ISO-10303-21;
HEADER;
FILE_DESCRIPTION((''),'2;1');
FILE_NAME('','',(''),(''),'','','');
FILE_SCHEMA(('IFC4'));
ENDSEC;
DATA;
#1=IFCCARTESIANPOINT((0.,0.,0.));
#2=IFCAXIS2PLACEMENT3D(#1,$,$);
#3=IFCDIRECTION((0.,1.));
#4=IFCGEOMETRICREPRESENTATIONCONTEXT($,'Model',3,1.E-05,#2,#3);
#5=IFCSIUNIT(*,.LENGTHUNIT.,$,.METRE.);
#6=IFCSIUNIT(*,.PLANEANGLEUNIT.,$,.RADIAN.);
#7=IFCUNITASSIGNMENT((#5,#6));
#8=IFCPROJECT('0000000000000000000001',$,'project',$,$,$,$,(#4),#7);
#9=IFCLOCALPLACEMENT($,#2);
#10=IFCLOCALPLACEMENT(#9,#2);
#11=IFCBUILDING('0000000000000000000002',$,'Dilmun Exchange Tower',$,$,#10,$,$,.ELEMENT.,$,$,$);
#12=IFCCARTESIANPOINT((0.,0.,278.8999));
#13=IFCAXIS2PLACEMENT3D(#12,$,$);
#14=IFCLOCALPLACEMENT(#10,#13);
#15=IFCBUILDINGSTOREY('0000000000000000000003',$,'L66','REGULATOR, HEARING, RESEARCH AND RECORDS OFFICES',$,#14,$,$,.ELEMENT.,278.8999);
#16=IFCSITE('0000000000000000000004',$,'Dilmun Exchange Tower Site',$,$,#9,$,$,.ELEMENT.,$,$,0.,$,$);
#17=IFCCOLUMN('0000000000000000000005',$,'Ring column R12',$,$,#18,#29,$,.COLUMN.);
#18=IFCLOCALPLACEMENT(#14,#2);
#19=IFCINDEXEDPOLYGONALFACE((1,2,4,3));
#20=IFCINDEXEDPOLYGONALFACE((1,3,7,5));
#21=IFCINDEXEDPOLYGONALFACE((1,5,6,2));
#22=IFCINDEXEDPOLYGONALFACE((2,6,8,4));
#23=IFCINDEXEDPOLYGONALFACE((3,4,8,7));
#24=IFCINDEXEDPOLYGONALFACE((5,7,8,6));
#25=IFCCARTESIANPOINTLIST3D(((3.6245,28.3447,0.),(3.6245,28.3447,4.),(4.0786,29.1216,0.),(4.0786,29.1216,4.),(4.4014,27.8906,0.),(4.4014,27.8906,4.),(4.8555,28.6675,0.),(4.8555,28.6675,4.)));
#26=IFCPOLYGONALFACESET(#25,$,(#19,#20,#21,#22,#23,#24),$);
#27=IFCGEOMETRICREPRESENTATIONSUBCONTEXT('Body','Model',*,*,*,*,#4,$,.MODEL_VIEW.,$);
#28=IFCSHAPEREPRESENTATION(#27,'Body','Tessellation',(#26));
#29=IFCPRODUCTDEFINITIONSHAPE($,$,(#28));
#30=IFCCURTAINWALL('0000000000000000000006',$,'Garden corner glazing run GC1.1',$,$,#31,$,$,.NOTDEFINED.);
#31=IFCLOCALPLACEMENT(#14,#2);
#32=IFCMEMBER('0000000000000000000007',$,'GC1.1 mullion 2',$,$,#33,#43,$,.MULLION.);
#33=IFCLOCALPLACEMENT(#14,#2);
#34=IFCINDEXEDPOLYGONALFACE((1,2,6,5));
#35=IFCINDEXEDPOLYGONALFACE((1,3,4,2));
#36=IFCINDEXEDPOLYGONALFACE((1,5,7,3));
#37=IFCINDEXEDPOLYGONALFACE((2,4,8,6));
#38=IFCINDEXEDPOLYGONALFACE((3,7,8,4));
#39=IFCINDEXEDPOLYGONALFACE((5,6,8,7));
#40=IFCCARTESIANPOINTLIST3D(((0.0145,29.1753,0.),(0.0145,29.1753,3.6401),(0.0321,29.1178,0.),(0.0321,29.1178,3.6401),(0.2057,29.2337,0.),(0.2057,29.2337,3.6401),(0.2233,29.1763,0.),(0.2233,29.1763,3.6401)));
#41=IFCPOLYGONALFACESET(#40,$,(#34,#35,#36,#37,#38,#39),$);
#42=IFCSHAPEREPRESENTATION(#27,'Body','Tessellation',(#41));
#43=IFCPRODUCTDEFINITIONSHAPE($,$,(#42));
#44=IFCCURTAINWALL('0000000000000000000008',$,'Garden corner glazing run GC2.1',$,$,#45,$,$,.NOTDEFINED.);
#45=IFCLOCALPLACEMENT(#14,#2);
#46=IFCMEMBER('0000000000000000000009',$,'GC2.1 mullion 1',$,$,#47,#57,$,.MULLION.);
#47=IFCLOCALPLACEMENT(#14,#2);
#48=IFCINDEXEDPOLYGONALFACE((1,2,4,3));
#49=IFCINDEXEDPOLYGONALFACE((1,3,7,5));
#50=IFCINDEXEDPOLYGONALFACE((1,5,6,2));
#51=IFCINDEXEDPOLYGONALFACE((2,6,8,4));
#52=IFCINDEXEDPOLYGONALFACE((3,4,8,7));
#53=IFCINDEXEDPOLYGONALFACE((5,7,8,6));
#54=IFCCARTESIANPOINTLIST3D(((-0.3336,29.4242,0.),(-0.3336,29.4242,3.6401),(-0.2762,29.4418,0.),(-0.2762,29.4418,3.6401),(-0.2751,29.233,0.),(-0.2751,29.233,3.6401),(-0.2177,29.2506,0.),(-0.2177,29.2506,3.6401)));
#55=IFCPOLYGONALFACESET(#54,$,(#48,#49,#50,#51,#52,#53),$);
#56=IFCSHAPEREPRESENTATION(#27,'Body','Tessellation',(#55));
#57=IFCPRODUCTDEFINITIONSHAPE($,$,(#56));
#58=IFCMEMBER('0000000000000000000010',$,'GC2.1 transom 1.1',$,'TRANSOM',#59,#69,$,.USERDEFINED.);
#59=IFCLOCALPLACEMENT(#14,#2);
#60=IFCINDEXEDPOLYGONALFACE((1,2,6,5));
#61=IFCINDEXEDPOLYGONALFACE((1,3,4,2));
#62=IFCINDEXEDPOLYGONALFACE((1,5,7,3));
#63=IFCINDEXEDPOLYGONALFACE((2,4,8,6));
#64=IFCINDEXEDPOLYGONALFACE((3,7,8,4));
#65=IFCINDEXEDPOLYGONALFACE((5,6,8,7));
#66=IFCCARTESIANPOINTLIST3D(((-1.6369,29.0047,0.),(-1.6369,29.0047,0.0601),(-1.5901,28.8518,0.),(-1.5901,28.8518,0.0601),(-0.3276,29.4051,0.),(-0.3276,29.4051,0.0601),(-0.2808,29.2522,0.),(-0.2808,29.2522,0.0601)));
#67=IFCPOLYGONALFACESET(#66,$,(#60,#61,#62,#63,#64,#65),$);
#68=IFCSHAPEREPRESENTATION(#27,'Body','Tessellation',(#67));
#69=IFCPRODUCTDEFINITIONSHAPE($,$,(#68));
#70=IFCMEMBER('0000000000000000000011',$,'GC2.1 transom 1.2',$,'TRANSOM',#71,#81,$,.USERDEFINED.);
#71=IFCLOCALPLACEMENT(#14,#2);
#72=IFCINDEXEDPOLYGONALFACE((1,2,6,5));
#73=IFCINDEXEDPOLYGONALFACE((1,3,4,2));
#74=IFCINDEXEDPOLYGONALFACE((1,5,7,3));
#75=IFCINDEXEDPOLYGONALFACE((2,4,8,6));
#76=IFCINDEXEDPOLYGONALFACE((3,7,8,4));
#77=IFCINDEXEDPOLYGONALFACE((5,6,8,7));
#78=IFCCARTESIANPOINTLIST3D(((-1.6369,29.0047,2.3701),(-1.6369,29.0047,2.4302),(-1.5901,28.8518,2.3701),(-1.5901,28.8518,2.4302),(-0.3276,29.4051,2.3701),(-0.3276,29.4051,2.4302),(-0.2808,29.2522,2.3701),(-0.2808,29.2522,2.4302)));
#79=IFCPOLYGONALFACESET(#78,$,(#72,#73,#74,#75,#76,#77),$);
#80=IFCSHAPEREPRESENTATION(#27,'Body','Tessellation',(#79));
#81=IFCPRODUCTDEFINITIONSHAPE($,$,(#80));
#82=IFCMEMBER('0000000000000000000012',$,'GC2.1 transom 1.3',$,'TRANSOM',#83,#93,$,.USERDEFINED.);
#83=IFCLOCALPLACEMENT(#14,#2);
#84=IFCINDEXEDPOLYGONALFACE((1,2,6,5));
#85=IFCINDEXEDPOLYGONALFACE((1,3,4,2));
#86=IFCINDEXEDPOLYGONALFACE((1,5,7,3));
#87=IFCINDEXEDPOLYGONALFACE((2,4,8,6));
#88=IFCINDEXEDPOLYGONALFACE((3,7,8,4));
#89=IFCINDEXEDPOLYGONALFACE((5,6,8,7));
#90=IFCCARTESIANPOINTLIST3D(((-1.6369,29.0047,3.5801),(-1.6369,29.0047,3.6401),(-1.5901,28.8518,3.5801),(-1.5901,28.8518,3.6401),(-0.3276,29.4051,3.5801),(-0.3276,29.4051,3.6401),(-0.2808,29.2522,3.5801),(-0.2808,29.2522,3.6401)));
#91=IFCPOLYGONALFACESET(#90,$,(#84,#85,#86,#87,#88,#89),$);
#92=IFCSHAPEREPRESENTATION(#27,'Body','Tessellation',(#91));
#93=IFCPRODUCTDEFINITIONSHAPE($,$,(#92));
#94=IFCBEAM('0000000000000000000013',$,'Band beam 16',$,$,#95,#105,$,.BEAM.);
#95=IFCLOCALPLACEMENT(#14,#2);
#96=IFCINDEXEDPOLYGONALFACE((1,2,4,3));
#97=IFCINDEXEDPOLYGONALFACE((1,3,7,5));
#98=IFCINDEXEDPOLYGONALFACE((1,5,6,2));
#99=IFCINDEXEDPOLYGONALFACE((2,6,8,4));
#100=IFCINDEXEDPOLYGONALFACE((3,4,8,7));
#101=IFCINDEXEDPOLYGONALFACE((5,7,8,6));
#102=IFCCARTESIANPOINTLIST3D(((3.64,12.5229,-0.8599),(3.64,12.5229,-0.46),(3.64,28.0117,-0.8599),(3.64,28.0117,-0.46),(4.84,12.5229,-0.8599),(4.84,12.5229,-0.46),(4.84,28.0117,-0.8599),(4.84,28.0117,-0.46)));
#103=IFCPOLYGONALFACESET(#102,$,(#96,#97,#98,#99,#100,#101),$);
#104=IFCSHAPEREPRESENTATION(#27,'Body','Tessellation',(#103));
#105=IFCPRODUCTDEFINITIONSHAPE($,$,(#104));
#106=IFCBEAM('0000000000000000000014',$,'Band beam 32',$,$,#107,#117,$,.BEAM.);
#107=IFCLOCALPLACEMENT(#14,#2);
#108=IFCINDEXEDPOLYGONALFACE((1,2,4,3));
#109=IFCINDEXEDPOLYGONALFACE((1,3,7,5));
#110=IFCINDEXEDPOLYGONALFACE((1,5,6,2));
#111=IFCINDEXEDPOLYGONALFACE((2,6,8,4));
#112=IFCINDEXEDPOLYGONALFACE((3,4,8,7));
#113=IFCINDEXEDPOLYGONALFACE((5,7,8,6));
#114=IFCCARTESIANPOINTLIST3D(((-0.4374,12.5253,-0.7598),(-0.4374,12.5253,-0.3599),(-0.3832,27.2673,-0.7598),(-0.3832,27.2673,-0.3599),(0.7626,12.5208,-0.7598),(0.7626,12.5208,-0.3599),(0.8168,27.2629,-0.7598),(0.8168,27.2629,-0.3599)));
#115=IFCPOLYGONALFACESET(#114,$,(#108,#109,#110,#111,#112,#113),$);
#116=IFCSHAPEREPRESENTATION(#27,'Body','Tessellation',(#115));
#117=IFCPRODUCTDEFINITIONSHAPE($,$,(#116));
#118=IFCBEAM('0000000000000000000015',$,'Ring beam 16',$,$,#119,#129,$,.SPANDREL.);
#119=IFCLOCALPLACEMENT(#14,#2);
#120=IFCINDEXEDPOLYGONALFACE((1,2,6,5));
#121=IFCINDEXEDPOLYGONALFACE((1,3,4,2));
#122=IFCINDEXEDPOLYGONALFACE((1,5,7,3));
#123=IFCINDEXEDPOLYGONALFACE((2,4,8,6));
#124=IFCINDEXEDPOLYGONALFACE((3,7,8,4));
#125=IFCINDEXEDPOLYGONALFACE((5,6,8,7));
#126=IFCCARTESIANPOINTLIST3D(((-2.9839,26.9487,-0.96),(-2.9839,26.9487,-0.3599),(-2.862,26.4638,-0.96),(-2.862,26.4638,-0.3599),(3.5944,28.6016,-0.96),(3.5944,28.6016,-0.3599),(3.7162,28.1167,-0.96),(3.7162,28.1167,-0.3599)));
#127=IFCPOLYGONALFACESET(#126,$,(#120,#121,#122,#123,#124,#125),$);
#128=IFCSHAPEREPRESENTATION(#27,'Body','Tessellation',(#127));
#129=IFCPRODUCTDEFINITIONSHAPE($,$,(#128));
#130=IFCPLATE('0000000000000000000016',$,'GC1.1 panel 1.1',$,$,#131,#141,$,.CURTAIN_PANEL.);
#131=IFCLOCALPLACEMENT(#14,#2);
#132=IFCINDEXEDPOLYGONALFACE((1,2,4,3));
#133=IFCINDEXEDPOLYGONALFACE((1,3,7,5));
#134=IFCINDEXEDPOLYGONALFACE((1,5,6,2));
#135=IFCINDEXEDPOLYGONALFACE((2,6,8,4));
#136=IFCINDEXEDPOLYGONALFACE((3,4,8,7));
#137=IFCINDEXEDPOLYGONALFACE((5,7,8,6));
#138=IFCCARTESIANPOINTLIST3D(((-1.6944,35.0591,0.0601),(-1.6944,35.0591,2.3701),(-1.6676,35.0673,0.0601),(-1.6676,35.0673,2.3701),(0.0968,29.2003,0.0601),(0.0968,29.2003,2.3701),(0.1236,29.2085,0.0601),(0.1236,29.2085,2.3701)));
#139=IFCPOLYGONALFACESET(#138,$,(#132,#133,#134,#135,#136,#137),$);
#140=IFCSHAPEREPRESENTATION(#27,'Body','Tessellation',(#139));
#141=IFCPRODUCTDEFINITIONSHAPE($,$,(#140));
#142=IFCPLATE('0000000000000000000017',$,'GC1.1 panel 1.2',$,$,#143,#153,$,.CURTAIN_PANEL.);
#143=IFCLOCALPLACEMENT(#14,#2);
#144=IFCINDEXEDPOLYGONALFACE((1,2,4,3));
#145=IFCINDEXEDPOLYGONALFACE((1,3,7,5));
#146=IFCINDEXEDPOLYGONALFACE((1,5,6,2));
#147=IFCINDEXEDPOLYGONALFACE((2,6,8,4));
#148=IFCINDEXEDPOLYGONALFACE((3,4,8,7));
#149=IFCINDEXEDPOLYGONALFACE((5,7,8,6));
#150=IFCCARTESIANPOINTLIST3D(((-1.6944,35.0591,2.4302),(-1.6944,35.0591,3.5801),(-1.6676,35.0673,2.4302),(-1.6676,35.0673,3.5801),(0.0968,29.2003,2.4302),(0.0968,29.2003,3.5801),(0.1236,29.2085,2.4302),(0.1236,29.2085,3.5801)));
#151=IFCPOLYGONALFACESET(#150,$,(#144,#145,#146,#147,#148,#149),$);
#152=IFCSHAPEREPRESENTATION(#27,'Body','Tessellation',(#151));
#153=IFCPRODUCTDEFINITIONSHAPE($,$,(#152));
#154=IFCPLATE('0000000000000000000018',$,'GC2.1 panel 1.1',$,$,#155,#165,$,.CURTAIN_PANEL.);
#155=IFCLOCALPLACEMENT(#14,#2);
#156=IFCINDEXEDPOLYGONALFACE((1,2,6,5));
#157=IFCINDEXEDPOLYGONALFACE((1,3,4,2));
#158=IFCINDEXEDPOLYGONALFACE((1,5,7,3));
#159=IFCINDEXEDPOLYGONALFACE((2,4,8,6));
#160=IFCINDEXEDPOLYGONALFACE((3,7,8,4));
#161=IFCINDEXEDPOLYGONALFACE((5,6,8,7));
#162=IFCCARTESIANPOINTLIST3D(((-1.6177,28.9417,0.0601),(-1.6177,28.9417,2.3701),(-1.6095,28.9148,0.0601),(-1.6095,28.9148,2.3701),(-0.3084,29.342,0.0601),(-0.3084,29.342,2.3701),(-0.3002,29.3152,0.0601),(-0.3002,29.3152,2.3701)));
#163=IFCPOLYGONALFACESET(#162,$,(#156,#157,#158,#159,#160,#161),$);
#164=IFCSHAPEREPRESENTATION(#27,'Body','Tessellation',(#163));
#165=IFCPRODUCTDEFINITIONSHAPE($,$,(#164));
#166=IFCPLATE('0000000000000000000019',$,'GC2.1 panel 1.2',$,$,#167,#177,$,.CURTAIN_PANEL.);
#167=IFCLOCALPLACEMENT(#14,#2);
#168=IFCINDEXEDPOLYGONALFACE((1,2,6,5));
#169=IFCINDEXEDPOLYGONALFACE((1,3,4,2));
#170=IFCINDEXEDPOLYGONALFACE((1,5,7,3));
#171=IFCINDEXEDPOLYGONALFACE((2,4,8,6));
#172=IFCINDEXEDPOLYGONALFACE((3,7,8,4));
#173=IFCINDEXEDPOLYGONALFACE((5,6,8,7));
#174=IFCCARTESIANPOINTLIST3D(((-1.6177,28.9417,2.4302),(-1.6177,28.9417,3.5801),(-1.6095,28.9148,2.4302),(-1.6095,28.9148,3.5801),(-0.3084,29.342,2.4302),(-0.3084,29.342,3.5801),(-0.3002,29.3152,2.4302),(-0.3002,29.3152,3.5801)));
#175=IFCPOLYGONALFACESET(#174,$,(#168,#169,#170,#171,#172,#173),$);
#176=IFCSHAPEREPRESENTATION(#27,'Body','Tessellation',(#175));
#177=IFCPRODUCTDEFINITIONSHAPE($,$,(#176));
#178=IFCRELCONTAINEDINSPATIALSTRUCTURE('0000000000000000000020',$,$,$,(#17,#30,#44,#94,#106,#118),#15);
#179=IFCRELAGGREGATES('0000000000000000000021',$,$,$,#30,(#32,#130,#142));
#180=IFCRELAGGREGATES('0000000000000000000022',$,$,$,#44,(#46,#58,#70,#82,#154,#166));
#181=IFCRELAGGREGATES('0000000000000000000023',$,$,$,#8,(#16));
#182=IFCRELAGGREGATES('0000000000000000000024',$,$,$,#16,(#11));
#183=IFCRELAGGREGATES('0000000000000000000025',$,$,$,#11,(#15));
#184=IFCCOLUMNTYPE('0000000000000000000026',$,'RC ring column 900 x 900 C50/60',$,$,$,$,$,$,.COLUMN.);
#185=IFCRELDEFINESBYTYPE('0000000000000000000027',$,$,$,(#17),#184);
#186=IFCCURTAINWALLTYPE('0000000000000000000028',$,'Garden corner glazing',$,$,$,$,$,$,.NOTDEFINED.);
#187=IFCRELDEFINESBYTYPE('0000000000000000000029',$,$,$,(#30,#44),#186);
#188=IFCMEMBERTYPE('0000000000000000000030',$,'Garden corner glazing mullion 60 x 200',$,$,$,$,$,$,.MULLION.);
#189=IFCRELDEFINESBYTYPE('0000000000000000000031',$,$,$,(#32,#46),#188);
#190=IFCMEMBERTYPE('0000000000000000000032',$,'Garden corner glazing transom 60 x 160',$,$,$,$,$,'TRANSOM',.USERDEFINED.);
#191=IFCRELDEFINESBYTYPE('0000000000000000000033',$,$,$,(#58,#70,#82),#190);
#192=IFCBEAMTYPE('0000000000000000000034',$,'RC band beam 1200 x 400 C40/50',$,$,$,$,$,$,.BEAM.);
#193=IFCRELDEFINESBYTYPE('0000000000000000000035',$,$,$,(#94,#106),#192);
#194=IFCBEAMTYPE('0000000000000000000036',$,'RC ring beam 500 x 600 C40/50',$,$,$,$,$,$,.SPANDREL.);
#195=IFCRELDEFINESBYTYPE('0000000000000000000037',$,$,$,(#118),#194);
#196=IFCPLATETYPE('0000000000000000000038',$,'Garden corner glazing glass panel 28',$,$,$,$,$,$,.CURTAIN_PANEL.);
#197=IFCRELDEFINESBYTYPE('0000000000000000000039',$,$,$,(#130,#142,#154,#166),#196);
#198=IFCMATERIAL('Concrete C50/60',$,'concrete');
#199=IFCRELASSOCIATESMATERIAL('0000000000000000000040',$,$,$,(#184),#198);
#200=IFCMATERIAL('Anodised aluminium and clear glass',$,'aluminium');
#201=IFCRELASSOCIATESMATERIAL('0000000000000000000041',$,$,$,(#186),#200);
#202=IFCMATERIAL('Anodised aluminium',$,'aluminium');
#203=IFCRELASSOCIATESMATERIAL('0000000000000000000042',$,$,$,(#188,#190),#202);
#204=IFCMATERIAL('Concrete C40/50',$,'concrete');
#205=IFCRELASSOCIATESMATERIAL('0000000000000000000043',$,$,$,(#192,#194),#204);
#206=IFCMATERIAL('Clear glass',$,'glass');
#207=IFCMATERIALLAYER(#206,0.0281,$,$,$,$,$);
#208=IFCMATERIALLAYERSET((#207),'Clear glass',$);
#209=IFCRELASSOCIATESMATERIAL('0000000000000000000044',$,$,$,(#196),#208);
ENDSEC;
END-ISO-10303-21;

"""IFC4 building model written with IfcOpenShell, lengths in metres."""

from ifc_helpers import new_model, si_unit, direction, frame, origin, origin_2d, place, context, subcontext, project, spatial, rectangle, extrude, material, layer, layer_set, material_profile, profile_set, type_object, element, aggregate, save


model = new_model("IFC4")

# Units and contexts
model_context = context("Model", 3, precision=1e-05, world=origin(), true_north=direction((0.0, 1.0)))
body_context = subcontext(model_context, "Body", "Model", "MODEL_VIEW")
ifc_project = project(units=[si_unit("LENGTHUNIT", "METRE"), si_unit("PLANEANGLEUNIT", "RADIAN")], contexts=[model_context])

# Site, building, storey
site_placement = place(None, origin())
site = spatial("IfcSite", under=ifc_project, at=site_placement, Name="Dilmun Exchange Tower Site", CompositionType="ELEMENT", RefElevation=0.0)
building_placement = place(site_placement, origin())
building = spatial("IfcBuilding", under=site, at=building_placement, Name="Dilmun Exchange Tower", CompositionType="ELEMENT")
storey_placement = place(building_placement, frame((0.0, 0.0, 278.8999)))
storey = spatial("IfcBuildingStorey", under=building, at=storey_placement, Name="L66", Description="REGULATOR, HEARING, RESEARCH AND RECORDS OFFICES", CompositionType="ELEMENT", Elevation=278.8999)

# Column
ifc_material_1 = material(Name="Concrete C50/60", Category="concrete")
ifc_material_profile_1 = material_profile(ifc_material_1, rectangle(XDim=0.8999, YDim=0.8999, at=origin_2d()), Name="900 x 900")
ifc_profile_set_1 = profile_set([ifc_material_profile_1], Name="Concrete C50/60")
column_type = type_object("IfcColumnType", Name="RC ring column 900 x 900 C50/60", PredefinedType="COLUMN", material=ifc_profile_set_1)
column_placement = place(storey_placement, frame((4.24, 28.5061, 0.0), z_axis=(0.0, 0.0, 1.0), x_axis=(0.504644, 0.863328, 0.0)))
element("IfcColumn", 1, at=column_placement, inside=storey, type_object=column_type, Name="Ring column R12", PredefinedType="COLUMN", context=body_context, shape_type="SweptSolid", body=[
    extrude(rectangle(XDim=0.8999, YDim=0.8999, at=origin_2d()), origin(), (0.0, 0.0, 1.0), 4.0),
])

# Curtain wall, member
ifc_material_2 = material(Name="Anodised aluminium and clear glass", Category="aluminium")
curtain_wall_type = type_object("IfcCurtainWallType", Name="Garden corner glazing", PredefinedType="NOTDEFINED", material=ifc_material_2)
curtain_wall_1_placement = place(storey_placement, origin())
curtain_wall_1 = element("IfcCurtainWall", 2, at=curtain_wall_1_placement, inside=storey, type_object=curtain_wall_type, Name="Garden corner glazing run GC1.1", PredefinedType="NOTDEFINED")
ifc_material_3 = material(Name="Anodised aluminium", Category="aluminium")
ifc_material_profile_2 = material_profile(ifc_material_3, rectangle(XDim=0.2, YDim=0.0601, at=origin_2d()), Name="AL 60x200")
ifc_profile_set_2 = profile_set([ifc_material_profile_2], Name="Anodised aluminium")
member_type_1 = type_object("IfcMemberType", Name="Garden corner glazing mullion 60 x 200", PredefinedType="MULLION", material=ifc_profile_set_2)
member_1_placement = place(storey_placement, frame((0.1189, 29.1758, 0.0), z_axis=(0.0, 0.0, 1.0), x_axis=(0.956304, 0.292374, 0.0)))
member_1 = element("IfcMember", 3, at=member_1_placement, type_object=member_type_1, Name="GC1.1 mullion 2", PredefinedType="MULLION", context=body_context, shape_type="SweptSolid", body=[
    extrude(rectangle(XDim=0.2, YDim=0.0601, at=origin_2d()), origin(), (0.0, 0.0, 1.0), 3.6401),
])

# Curtain wall, members
curtain_wall_2_placement = place(storey_placement, origin())
curtain_wall_2 = element("IfcCurtainWall", 4, at=curtain_wall_2_placement, inside=storey, type_object=curtain_wall_type, Name="Garden corner glazing run GC2.1", PredefinedType="NOTDEFINED")
member_2_placement = place(storey_placement, frame((-0.2756, 29.3374, 0.0), z_axis=(0.0, 0.0, 1.0), x_axis=(0.292396, -0.956297, 0.0)))
member_2 = element("IfcMember", 5, at=member_2_placement, type_object=member_type_1, Name="GC2.1 mullion 1", PredefinedType="MULLION", context=body_context, shape_type="SweptSolid", body=[
    extrude(rectangle(XDim=0.2, YDim=0.0601, at=origin_2d()), origin(), (0.0, 0.0, 1.0), 3.6401),
])
ifc_material_profile_3 = material_profile(ifc_material_3, rectangle(XDim=0.1599, YDim=0.0601, at=origin_2d()), Name="AL 60x160")
ifc_profile_set_3 = profile_set([ifc_material_profile_3], Name="Anodised aluminium")
member_type_2 = type_object("IfcMemberType", Name="Garden corner glazing transom 60 x 160", ElementType="TRANSOM", PredefinedType="USERDEFINED", material=ifc_profile_set_3)
member_3_placement = place(storey_placement, frame((-0.3042, 29.3286, 0.03), z_axis=(-0.956286, -0.292431, 0.0), x_axis=(0.292431, -0.956286, 0.0)))
member_3 = element("IfcMember", 6, at=member_3_placement, type_object=member_type_2, Name="GC2.1 transom 1.1", ObjectType="TRANSOM", PredefinedType="USERDEFINED", context=body_context, shape_type="SweptSolid", body=[
    extrude(rectangle(XDim=0.1599, YDim=0.0601, at=origin_2d()), origin(), (0.0, 0.0, 1.0), 1.3691),
])
member_4_placement = place(storey_placement, frame((-0.3042, 29.3286, 2.4001), z_axis=(-0.956286, -0.292431, 0.0), x_axis=(0.292431, -0.956286, 0.0)))
member_4 = element("IfcMember", 7, at=member_4_placement, type_object=member_type_2, Name="GC2.1 transom 1.2", ObjectType="TRANSOM", PredefinedType="USERDEFINED", context=body_context, shape_type="SweptSolid", body=[
    extrude(rectangle(XDim=0.1599, YDim=0.0601, at=origin_2d()), origin(), (0.0, 0.0, 1.0), 1.3691),
])
member_5_placement = place(storey_placement, frame((-0.3042, 29.3286, 3.6101), z_axis=(-0.956286, -0.292431, 0.0), x_axis=(0.292431, -0.956286, 0.0)))
member_5 = element("IfcMember", 8, at=member_5_placement, type_object=member_type_2, Name="GC2.1 transom 1.3", ObjectType="TRANSOM", PredefinedType="USERDEFINED", context=body_context, shape_type="SweptSolid", body=[
    extrude(rectangle(XDim=0.1599, YDim=0.0601, at=origin_2d()), origin(), (0.0, 0.0, 1.0), 1.3691),
])

# Beams
ifc_material_4 = material(Name="Concrete C40/50", Category="concrete")
ifc_material_profile_4 = material_profile(ifc_material_4, rectangle(XDim=1.2, YDim=0.3999, at=origin_2d()), Name="1200 x 400")
ifc_profile_set_4 = profile_set([ifc_material_profile_4], Name="Concrete C40/50")
beam_type_1 = type_object("IfcBeamType", Name="RC band beam 1200 x 400 C40/50", PredefinedType="BEAM", material=ifc_profile_set_4)
beam_1_placement = place(storey_placement, frame((4.24, 28.0117, -0.6599), z_axis=(0.0, -1.0, 0.0), x_axis=(1.0, 0.0, 0.0)))
element("IfcBeam", 9, at=beam_1_placement, inside=storey, type_object=beam_type_1, Name="Band beam 16", PredefinedType="BEAM", context=body_context, shape_type="SweptSolid", body=[
    extrude(rectangle(XDim=1.2, YDim=0.3999, at=origin_2d()), origin(), (0.0, 0.0, 1.0), 15.4888),
])
beam_2_placement = place(storey_placement, frame((0.2168, 27.2651, -0.5598), z_axis=(-0.003676, -0.999993, 0.0), x_axis=(0.999993, -0.003676, 0.0)))
element("IfcBeam", 10, at=beam_2_placement, inside=storey, type_object=beam_type_1, Name="Band beam 32", PredefinedType="BEAM", context=body_context, shape_type="SweptSolid", body=[
    extrude(rectangle(XDim=1.2, YDim=0.3999, at=origin_2d()), origin(), (0.0, 0.0, 1.0), 14.7422),
])
ifc_material_profile_5 = material_profile(ifc_material_4, rectangle(XDim=0.5, YDim=0.6001, at=origin_2d()), Name="500 x 600")
ifc_profile_set_5 = profile_set([ifc_material_profile_5], Name="Concrete C40/50")
beam_type_2 = type_object("IfcBeamType", Name="RC ring beam 500 x 600 C40/50", PredefinedType="SPANDREL", material=ifc_profile_set_5)
beam_3_placement = place(storey_placement, frame((3.6553, 28.3591, -0.6599), z_axis=(-0.969854, -0.243687, 0.0), x_axis=(0.243687, -0.969854, 0.0)))
element("IfcBeam", 11, at=beam_3_placement, inside=storey, type_object=beam_type_2, Name="Ring beam 16", PredefinedType="SPANDREL", context=body_context, shape_type="SweptSolid", body=[
    extrude(rectangle(XDim=0.5, YDim=0.6001, at=origin_2d()), origin(), (0.0, 0.0, 1.0), 6.7827),
])

# Plates
ifc_material_5 = material(Name="Clear glass", Category="glass")
ifc_layer_1 = layer(ifc_material_5, 0.0281)
ifc_layer_set_1 = layer_set([ifc_layer_1], Name="Clear glass")
plate_type = type_object("IfcPlateType", Name="Garden corner glazing glass panel 28", PredefinedType="CURTAIN_PANEL", material=ifc_layer_set_1)
plate_1_placement = place(storey_placement, frame((-0.7854, 32.1338, 0.0601), z_axis=(0.0, 0.0, 1.0), x_axis=(0.292374, -0.956304, 0.0)))
plate_1 = element("IfcPlate", 12, at=plate_1_placement, type_object=plate_type, Name="GC1.1 panel 1.1", PredefinedType="CURTAIN_PANEL", context=body_context, shape_type="SweptSolid", body=[
    extrude(rectangle(XDim=6.1265, YDim=0.0281, at=origin_2d()), origin(), (0.0, 0.0, 1.0), 2.3101),
])
plate_2_placement = place(storey_placement, frame((-0.7854, 32.1338, 2.4302), z_axis=(0.0, 0.0, 1.0), x_axis=(0.292374, -0.956304, 0.0)))
plate_2 = element("IfcPlate", 13, at=plate_2_placement, type_object=plate_type, Name="GC1.1 panel 1.2", PredefinedType="CURTAIN_PANEL", context=body_context, shape_type="SweptSolid", body=[
    extrude(rectangle(XDim=6.1265, YDim=0.0281, at=origin_2d()), origin(), (0.0, 0.0, 1.0), 1.1499),
])
aggregate(curtain_wall_1, [member_1, plate_1, plate_2])
plate_3_placement = place(storey_placement, frame((-0.959, 29.1284, 0.0601), z_axis=(0.0, 0.0, 1.0), x_axis=(-0.956297, -0.292396, 0.0)))
plate_3 = element("IfcPlate", 14, at=plate_3_placement, type_object=plate_type, Name="GC2.1 panel 1.1", PredefinedType="CURTAIN_PANEL", context=body_context, shape_type="SweptSolid", body=[
    extrude(rectangle(XDim=1.3691, YDim=0.0281, at=origin_2d()), origin(), (0.0, 0.0, 1.0), 2.3101),
])
plate_4_placement = place(storey_placement, frame((-0.959, 29.1284, 2.4302), z_axis=(0.0, 0.0, 1.0), x_axis=(-0.956297, -0.292396, 0.0)))
plate_4 = element("IfcPlate", 15, at=plate_4_placement, type_object=plate_type, Name="GC2.1 panel 1.2", PredefinedType="CURTAIN_PANEL", context=body_context, shape_type="SweptSolid", body=[
    extrude(rectangle(XDim=1.3691, YDim=0.0281, at=origin_2d()), origin(), (0.0, 0.0, 1.0), 1.1499),
])
aggregate(curtain_wall_2, [member_2, member_3, member_4, member_5, plate_3, plate_4])

save(model, "model.ifc")
